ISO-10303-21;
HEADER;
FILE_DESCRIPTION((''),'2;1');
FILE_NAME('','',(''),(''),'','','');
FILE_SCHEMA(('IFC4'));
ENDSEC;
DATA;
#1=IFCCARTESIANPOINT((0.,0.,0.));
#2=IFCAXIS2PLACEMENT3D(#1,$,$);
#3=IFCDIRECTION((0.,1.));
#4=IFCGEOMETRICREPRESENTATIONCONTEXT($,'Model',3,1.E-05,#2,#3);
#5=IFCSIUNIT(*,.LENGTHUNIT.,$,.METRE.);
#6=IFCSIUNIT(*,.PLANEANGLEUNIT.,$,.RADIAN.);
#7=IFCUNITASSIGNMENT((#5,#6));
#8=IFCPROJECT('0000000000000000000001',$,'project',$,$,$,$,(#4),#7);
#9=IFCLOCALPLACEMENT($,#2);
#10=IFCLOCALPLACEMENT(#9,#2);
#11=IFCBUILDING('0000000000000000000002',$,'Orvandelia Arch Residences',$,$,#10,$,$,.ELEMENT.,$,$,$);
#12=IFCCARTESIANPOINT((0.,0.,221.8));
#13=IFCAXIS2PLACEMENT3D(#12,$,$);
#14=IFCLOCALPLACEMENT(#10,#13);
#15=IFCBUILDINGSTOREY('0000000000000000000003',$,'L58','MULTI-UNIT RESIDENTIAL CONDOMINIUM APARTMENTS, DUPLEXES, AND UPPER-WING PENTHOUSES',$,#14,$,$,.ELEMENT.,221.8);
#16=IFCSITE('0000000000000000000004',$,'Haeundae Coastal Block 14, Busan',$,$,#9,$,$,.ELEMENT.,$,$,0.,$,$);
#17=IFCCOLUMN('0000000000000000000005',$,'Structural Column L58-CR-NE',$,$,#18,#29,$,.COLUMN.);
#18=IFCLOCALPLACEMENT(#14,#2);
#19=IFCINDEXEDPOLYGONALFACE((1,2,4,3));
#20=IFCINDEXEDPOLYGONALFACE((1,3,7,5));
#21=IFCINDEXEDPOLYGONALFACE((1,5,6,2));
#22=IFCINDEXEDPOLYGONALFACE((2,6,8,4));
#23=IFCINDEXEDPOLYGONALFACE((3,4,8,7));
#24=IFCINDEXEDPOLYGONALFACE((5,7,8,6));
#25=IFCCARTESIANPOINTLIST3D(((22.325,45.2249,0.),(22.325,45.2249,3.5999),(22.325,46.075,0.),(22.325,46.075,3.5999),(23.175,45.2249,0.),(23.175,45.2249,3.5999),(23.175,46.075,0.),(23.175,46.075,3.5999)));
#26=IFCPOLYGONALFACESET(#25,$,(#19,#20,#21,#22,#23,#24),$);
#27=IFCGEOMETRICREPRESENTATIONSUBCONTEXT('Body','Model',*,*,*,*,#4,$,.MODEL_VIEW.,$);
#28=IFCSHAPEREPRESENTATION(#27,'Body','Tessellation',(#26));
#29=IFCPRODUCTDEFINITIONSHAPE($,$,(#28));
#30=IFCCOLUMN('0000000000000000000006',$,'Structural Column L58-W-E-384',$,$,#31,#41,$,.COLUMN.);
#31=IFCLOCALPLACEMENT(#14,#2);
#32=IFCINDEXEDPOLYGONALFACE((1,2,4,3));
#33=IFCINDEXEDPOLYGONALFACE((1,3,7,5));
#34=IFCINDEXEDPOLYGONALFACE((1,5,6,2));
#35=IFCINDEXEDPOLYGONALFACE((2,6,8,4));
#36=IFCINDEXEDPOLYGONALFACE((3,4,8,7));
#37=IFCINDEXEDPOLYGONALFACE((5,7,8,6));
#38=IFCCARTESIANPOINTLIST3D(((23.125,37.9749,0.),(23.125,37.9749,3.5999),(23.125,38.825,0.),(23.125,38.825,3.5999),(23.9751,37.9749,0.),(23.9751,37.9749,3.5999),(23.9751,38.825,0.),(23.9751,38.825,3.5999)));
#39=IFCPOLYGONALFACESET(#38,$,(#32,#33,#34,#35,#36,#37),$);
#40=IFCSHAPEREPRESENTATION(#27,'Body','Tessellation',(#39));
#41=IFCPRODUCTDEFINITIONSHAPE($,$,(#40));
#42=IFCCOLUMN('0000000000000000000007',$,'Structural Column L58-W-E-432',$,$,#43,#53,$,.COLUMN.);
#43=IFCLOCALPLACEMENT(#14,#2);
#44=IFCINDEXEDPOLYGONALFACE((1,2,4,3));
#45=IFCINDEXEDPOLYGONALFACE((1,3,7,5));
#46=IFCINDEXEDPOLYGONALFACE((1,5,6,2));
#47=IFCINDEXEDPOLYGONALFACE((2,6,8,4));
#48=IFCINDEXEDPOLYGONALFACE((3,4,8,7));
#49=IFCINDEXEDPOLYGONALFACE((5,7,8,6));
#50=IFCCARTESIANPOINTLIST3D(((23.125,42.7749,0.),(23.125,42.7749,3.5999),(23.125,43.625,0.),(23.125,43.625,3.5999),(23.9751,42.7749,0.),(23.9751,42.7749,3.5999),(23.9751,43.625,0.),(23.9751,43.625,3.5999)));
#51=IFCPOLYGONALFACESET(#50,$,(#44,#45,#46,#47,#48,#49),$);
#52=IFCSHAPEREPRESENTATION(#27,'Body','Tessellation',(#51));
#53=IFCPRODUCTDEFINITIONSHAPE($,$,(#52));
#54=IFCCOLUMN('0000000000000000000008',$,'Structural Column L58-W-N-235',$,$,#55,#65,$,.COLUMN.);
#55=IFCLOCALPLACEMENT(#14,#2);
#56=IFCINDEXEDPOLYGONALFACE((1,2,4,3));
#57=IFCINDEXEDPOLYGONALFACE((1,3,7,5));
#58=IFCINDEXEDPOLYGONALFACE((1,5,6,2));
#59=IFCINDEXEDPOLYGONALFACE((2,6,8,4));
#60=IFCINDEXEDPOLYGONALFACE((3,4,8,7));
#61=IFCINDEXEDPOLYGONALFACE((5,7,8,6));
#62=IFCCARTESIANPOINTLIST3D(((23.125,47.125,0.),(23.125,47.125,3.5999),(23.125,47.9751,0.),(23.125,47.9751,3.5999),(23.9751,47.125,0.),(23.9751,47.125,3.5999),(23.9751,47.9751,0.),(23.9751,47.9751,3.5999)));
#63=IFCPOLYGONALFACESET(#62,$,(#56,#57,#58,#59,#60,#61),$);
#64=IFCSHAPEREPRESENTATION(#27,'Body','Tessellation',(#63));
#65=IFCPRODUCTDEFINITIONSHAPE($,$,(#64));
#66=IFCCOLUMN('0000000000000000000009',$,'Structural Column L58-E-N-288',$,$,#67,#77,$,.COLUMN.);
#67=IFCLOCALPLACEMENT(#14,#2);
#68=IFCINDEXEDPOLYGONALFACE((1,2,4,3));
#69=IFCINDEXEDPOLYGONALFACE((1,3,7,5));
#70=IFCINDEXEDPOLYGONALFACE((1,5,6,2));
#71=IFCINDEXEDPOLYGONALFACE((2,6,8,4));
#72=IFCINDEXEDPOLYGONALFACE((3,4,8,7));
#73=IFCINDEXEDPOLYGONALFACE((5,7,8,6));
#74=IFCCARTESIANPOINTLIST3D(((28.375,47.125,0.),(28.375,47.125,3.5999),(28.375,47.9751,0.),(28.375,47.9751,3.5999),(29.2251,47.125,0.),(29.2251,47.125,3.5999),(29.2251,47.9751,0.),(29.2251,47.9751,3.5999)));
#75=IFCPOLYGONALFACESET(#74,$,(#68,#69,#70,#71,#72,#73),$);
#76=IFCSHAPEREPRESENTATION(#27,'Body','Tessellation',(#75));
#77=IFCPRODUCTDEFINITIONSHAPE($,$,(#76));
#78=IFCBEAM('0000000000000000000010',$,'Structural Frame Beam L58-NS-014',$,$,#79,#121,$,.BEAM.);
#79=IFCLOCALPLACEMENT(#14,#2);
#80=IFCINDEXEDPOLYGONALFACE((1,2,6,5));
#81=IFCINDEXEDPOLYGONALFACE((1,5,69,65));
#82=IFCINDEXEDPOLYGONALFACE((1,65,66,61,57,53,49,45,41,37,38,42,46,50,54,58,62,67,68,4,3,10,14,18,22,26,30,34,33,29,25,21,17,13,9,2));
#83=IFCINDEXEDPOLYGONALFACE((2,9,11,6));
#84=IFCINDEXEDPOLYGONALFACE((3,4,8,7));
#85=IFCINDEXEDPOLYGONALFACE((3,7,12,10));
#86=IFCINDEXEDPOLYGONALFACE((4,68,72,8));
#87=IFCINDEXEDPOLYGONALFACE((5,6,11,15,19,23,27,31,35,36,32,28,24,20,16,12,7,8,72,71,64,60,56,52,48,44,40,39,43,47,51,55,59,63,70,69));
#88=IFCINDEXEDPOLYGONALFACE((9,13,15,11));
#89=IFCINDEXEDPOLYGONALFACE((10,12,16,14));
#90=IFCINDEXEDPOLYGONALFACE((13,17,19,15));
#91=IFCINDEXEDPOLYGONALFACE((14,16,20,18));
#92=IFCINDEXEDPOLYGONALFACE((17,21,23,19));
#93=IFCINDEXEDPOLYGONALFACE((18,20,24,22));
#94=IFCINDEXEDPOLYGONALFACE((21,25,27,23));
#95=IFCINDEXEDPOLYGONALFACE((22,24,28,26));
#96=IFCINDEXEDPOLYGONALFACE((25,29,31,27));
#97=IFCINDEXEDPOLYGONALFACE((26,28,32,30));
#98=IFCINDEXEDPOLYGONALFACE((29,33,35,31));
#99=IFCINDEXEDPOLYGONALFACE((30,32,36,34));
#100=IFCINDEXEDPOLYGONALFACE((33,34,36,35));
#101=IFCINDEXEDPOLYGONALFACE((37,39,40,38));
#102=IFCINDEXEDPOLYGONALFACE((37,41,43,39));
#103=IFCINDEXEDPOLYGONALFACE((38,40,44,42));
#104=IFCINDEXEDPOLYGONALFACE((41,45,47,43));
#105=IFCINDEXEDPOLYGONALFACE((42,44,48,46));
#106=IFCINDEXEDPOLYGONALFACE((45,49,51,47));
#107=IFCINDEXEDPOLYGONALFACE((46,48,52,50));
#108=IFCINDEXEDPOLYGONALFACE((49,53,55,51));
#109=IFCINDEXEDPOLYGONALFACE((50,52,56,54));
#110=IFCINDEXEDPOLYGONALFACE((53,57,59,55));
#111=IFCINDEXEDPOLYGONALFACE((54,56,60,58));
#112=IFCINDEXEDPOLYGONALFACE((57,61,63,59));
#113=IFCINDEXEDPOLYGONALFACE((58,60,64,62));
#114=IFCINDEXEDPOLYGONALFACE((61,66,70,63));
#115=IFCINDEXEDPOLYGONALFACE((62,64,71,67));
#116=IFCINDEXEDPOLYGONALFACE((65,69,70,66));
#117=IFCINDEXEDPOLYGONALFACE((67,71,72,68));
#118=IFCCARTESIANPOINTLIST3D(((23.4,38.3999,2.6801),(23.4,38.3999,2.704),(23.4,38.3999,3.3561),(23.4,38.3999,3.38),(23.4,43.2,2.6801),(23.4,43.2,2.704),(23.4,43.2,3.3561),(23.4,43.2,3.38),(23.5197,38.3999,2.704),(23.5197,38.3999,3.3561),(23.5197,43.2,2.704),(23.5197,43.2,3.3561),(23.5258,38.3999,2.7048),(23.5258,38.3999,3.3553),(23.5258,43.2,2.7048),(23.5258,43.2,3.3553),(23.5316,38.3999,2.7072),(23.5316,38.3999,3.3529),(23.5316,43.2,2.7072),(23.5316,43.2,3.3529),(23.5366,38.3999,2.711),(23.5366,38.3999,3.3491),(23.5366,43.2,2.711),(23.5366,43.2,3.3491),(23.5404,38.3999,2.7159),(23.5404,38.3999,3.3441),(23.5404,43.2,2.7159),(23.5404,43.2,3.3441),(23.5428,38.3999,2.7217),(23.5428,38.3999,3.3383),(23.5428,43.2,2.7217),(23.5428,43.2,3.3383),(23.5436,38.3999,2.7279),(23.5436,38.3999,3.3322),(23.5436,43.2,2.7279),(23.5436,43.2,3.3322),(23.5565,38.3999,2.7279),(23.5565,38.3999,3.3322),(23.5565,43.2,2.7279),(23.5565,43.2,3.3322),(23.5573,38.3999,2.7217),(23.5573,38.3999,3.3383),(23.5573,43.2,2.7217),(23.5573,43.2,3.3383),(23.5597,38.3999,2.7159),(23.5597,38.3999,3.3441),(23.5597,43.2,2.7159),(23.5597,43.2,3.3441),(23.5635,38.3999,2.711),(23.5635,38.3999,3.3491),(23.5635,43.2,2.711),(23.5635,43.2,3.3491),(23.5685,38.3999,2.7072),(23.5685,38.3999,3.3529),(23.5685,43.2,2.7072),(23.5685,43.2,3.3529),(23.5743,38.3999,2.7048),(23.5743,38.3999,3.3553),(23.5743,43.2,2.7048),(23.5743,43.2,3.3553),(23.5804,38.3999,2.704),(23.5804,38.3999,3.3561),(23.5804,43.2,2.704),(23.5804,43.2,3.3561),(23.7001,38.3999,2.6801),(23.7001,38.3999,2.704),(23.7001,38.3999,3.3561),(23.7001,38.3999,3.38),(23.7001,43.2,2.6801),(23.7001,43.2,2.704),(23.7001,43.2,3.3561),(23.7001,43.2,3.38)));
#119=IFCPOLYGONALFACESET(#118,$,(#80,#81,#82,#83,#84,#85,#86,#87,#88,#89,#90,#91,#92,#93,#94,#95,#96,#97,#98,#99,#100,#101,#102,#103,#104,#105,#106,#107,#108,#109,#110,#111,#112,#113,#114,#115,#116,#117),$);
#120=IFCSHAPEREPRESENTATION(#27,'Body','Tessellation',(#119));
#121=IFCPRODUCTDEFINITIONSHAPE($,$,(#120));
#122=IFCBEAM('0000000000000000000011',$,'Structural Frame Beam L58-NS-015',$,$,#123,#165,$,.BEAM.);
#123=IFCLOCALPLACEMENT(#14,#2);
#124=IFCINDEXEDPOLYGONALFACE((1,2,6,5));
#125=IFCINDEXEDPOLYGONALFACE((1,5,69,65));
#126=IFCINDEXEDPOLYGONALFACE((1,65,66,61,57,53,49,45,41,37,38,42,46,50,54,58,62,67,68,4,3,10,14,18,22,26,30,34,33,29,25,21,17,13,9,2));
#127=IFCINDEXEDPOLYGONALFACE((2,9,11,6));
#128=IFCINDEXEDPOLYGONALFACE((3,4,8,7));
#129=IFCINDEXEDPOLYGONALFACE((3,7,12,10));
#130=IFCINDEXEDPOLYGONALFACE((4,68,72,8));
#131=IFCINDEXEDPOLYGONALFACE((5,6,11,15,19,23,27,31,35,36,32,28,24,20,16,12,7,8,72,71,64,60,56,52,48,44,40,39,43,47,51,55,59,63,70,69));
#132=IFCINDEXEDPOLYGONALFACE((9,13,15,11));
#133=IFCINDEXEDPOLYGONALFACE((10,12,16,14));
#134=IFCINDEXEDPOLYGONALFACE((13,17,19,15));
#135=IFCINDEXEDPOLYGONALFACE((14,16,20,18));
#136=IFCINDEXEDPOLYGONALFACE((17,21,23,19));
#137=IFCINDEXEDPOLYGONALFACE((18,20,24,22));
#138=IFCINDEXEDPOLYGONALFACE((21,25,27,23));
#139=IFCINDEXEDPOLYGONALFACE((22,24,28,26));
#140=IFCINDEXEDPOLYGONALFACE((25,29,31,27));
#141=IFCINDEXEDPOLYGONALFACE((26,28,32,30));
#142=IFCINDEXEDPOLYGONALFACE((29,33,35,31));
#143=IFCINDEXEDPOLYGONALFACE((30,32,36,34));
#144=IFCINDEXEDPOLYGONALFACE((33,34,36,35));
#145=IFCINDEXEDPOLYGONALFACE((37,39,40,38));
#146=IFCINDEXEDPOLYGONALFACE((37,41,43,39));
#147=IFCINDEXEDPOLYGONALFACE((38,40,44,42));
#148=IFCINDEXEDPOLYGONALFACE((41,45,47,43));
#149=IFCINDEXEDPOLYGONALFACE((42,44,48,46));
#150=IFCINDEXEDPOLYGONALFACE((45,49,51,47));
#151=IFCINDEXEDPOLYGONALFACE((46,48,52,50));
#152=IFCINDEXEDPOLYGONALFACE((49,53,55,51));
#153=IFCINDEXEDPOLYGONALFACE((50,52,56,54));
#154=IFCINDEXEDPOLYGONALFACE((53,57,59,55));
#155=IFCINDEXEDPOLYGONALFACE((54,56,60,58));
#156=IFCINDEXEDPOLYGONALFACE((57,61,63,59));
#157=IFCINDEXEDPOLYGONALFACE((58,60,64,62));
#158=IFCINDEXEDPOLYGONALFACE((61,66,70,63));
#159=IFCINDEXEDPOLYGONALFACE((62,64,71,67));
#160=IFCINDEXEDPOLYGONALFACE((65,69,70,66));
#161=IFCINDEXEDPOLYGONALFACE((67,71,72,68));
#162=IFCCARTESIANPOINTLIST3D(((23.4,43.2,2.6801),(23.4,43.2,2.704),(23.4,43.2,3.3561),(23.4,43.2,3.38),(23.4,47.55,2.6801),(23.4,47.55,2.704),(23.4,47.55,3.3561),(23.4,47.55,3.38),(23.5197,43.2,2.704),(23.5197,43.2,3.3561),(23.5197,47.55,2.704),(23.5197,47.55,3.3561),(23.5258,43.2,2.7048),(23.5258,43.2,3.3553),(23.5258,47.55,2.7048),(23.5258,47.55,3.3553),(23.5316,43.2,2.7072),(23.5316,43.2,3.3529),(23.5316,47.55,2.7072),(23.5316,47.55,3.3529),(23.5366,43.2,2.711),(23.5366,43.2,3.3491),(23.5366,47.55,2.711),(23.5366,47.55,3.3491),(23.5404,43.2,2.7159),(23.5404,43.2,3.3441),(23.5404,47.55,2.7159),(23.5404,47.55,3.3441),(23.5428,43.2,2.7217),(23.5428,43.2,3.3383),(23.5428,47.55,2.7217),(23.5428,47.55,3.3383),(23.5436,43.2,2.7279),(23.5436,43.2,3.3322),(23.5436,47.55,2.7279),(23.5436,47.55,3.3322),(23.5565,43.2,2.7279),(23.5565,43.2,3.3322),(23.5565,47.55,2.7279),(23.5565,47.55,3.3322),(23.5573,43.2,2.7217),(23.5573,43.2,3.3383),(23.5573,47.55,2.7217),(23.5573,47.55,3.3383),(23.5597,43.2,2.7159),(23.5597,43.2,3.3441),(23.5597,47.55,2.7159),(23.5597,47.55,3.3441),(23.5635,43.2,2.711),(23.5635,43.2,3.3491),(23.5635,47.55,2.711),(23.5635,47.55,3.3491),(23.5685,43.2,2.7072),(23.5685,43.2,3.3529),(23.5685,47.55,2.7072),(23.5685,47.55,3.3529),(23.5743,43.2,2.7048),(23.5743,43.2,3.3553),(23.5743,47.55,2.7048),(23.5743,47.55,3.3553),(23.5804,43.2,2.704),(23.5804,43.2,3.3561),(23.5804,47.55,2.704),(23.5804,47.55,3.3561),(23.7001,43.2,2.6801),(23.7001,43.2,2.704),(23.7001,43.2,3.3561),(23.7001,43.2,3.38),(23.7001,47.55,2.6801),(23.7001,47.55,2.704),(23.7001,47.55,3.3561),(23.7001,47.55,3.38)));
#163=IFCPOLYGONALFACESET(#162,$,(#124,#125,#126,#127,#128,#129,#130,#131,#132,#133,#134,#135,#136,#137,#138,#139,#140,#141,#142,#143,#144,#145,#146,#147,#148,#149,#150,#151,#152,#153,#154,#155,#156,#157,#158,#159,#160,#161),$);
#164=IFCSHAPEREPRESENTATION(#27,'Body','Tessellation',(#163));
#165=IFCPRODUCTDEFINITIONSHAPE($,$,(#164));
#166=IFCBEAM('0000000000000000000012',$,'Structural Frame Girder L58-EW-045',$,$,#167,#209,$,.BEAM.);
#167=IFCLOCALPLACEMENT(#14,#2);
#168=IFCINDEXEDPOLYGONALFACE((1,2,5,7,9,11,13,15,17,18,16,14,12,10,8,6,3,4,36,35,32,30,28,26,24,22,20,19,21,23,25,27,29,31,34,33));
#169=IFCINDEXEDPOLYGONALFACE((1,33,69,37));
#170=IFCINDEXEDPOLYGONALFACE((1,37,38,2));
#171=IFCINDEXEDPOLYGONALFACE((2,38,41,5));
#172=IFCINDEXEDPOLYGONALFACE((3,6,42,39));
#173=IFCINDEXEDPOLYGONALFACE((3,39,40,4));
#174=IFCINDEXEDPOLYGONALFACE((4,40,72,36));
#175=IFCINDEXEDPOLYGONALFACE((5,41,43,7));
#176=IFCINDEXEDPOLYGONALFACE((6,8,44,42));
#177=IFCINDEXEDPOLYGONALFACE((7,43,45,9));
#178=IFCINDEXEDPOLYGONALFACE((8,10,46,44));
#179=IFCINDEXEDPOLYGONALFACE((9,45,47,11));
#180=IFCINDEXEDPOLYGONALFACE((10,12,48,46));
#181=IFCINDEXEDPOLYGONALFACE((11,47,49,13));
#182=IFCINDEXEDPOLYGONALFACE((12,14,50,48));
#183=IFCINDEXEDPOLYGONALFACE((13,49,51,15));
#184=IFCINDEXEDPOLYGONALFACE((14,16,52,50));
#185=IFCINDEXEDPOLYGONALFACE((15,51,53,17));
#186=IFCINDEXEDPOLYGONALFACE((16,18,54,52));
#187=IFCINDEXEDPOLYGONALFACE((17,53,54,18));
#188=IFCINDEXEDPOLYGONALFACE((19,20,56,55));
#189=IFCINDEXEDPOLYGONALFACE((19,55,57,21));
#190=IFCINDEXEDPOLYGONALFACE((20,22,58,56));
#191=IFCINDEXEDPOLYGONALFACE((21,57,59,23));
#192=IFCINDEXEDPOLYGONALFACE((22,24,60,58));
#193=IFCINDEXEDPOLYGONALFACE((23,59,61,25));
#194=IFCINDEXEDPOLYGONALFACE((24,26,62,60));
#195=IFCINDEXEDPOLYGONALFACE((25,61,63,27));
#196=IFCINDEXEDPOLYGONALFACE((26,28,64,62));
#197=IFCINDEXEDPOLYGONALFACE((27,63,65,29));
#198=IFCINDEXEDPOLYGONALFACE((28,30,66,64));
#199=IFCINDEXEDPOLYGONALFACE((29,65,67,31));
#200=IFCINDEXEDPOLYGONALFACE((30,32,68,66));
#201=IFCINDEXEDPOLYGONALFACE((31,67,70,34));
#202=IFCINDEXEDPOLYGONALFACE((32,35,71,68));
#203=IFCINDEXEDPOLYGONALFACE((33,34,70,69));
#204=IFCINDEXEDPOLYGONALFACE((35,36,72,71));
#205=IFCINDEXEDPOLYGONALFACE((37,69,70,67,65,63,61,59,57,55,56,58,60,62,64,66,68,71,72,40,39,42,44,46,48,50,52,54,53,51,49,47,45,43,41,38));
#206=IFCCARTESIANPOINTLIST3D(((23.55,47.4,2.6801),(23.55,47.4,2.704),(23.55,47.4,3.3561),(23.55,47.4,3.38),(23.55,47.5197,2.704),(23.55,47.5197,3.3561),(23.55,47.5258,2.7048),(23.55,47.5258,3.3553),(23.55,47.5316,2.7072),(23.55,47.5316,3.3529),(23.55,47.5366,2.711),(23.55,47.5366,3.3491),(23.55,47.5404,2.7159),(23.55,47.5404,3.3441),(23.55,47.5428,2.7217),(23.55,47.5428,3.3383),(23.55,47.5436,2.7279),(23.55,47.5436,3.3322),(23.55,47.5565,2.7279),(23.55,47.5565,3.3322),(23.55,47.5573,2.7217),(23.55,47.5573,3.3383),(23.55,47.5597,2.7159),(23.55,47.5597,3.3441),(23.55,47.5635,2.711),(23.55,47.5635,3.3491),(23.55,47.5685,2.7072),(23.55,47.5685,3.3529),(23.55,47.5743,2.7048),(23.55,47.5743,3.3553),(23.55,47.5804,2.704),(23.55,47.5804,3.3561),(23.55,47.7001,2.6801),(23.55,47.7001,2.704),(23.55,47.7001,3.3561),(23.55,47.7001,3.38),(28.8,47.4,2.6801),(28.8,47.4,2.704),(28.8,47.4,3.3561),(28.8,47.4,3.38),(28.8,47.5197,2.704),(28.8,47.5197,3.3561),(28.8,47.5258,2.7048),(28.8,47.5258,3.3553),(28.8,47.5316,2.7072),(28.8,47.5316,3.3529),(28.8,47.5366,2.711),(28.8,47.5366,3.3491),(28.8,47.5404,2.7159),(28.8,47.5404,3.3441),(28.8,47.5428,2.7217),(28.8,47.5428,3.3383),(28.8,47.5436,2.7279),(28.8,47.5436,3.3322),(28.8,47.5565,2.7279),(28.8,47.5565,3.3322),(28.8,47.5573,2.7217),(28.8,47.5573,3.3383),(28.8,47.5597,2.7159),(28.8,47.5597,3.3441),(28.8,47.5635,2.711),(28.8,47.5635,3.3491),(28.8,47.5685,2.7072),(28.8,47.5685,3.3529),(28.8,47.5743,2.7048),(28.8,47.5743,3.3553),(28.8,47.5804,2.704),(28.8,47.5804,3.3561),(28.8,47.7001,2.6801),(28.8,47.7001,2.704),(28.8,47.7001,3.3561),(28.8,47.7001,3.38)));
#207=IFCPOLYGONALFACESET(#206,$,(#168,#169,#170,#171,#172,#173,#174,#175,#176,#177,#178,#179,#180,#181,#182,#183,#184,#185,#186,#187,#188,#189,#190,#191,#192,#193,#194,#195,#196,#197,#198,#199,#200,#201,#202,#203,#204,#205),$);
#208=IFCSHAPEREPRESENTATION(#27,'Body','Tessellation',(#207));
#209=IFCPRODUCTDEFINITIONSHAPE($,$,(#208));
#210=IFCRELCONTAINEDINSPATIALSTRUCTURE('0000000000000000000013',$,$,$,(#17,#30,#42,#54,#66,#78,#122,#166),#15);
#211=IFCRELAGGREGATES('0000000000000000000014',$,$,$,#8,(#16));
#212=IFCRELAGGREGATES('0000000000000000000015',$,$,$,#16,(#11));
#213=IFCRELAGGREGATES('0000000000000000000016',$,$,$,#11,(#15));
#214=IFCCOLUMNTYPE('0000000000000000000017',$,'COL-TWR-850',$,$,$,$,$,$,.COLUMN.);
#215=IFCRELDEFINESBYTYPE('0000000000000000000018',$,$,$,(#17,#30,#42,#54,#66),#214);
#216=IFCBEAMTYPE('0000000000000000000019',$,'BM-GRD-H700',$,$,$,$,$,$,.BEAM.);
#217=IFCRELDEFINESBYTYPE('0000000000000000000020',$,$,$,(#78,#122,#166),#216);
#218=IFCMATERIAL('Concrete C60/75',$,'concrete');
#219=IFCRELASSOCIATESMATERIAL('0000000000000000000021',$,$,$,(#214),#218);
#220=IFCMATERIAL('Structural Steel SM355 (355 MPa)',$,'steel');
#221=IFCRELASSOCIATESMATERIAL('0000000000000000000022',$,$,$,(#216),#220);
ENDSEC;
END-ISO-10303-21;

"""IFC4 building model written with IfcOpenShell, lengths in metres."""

from ifc_helpers import new_model, si_unit, direction, frame, origin, origin_2d, place, context, subcontext, project, spatial, rectangle, i_section, extrude, material, material_profile, profile_set, type_object, element, save


model = new_model("IFC4")

# Units and contexts
model_context = context("Model", 3, precision=1e-05, world=origin(), true_north=direction((0.0, 1.0)))
body_context = subcontext(model_context, "Body", "Model", "MODEL_VIEW")
ifc_project = project(units=[si_unit("LENGTHUNIT", "METRE"), si_unit("PLANEANGLEUNIT", "RADIAN")], contexts=[model_context])

# Site, building, storey
site_placement = place(None, origin())
site = spatial("IfcSite", under=ifc_project, at=site_placement, Name="Haeundae Coastal Block 14, Busan", CompositionType="ELEMENT", RefElevation=0.0)
building_placement = place(site_placement, origin())
building = spatial("IfcBuilding", under=site, at=building_placement, Name="Orvandelia Arch Residences", CompositionType="ELEMENT")
storey_placement = place(building_placement, frame((0.0, 0.0, 221.8)))
storey = spatial("IfcBuildingStorey", under=building, at=storey_placement, Name="L58", Description="MULTI-UNIT RESIDENTIAL CONDOMINIUM APARTMENTS, DUPLEXES, AND UPPER-WING PENTHOUSES", CompositionType="ELEMENT", Elevation=221.8)

# Columns
ifc_material_1 = material(Name="Concrete C60/75", Category="concrete")
ifc_material_profile_1 = material_profile(ifc_material_1, rectangle(XDim=0.8501, YDim=0.8501, at=origin_2d()), Name="Concrete C60/75", Category="concrete")
ifc_profile_set_1 = profile_set([ifc_material_profile_1], Name="Concrete C60/75")
column_type = type_object("IfcColumnType", Name="COL-TWR-850", PredefinedType="COLUMN", material=ifc_profile_set_1)
for number, where, z_axis, x_axis, name in (
    (1, (22.75, 45.6499, 0.0), (0.0, 0.0, 1.0), (1.0, 0.0, 0.0), "Structural Column L58-CR-NE"),
    (2, (23.55, 38.3999, 0.0), (0.0, 0.0, 1.0), (1.0, 0.0, 0.0), "Structural Column L58-W-E-384"),
    (3, (23.55, 43.2, 0.0), (0.0, 0.0, 1.0), (1.0, 0.0, 0.0), "Structural Column L58-W-E-432"),
    (4, (23.55, 47.55, 0.0), (0.0, 0.0, 1.0), (1.0, 0.0, 0.0), "Structural Column L58-W-N-235"),
    (5, (28.8, 47.55, 0.0), (0.0, 0.0, 1.0), (1.0, 0.0, 0.0), "Structural Column L58-E-N-288"),
):
    element("IfcColumn", number, at=place(storey_placement, frame(where, z_axis=z_axis, x_axis=x_axis)), inside=storey, type_object=column_type, Name=name, PredefinedType="COLUMN", context=body_context, shape_type="SweptSolid", body=[
        extrude(rectangle(XDim=0.8501, YDim=0.8501, at=origin_2d()), origin(), (0.0, 0.0, 1.0), 3.5999),
    ])

# Beams
ifc_material_2 = material(Name="Structural Steel SM355 (355 MPa)", Category="steel")
ifc_material_profile_2 = material_profile(ifc_material_2, i_section(OverallWidth=0.3, OverallDepth=0.7, WebThickness=0.0129, FlangeThickness=0.0239, FilletRadius=0.0239, at=origin_2d()), Name="Structural Steel SM355 (355 MPa)", Category="steel")
ifc_profile_set_2 = profile_set([ifc_material_profile_2], Name="Structural Steel SM355 (355 MPa)")
beam_type = type_object("IfcBeamType", Name="BM-GRD-H700", PredefinedType="BEAM", material=ifc_profile_set_2)
beam_1_placement = place(storey_placement, frame((23.55, 38.3999, 3.03), z_axis=(0.0, 1.0, 0.0), x_axis=(-1.0, 0.0, 0.0)))
element("IfcBeam", 6, at=beam_1_placement, inside=storey, type_object=beam_type, Name="Structural Frame Beam L58-NS-014", PredefinedType="BEAM", context=body_context, shape_type="SweptSolid", body=[
    extrude(i_section(OverallWidth=0.3, OverallDepth=0.7, WebThickness=0.0129, FlangeThickness=0.0239, FilletRadius=0.0239, at=origin_2d()), origin(), (0.0, 0.0, 1.0), 4.8),
])
beam_2_placement = place(storey_placement, frame((23.55, 43.2, 3.03), z_axis=(0.0, 1.0, 0.0), x_axis=(-1.0, 0.0, 0.0)))
element("IfcBeam", 7, at=beam_2_placement, inside=storey, type_object=beam_type, Name="Structural Frame Beam L58-NS-015", PredefinedType="BEAM", context=body_context, shape_type="SweptSolid", body=[
    extrude(i_section(OverallWidth=0.3, OverallDepth=0.7, WebThickness=0.0129, FlangeThickness=0.0239, FilletRadius=0.0239, at=origin_2d()), origin(), (0.0, 0.0, 1.0), 4.3501),
])
beam_3_placement = place(storey_placement, frame((23.55, 47.55, 3.03), z_axis=(1.0, 0.0, 0.0), x_axis=(0.0, 1.0, 0.0)))
element("IfcBeam", 8, at=beam_3_placement, inside=storey, type_object=beam_type, Name="Structural Frame Girder L58-EW-045", PredefinedType="BEAM", context=body_context, shape_type="SweptSolid", body=[
    extrude(i_section(OverallWidth=0.3, OverallDepth=0.7, WebThickness=0.0129, FlangeThickness=0.0239, FilletRadius=0.0239, at=origin_2d()), origin(), (0.0, 0.0, 1.0), 5.25),
])

save(model, "model.ifc")
